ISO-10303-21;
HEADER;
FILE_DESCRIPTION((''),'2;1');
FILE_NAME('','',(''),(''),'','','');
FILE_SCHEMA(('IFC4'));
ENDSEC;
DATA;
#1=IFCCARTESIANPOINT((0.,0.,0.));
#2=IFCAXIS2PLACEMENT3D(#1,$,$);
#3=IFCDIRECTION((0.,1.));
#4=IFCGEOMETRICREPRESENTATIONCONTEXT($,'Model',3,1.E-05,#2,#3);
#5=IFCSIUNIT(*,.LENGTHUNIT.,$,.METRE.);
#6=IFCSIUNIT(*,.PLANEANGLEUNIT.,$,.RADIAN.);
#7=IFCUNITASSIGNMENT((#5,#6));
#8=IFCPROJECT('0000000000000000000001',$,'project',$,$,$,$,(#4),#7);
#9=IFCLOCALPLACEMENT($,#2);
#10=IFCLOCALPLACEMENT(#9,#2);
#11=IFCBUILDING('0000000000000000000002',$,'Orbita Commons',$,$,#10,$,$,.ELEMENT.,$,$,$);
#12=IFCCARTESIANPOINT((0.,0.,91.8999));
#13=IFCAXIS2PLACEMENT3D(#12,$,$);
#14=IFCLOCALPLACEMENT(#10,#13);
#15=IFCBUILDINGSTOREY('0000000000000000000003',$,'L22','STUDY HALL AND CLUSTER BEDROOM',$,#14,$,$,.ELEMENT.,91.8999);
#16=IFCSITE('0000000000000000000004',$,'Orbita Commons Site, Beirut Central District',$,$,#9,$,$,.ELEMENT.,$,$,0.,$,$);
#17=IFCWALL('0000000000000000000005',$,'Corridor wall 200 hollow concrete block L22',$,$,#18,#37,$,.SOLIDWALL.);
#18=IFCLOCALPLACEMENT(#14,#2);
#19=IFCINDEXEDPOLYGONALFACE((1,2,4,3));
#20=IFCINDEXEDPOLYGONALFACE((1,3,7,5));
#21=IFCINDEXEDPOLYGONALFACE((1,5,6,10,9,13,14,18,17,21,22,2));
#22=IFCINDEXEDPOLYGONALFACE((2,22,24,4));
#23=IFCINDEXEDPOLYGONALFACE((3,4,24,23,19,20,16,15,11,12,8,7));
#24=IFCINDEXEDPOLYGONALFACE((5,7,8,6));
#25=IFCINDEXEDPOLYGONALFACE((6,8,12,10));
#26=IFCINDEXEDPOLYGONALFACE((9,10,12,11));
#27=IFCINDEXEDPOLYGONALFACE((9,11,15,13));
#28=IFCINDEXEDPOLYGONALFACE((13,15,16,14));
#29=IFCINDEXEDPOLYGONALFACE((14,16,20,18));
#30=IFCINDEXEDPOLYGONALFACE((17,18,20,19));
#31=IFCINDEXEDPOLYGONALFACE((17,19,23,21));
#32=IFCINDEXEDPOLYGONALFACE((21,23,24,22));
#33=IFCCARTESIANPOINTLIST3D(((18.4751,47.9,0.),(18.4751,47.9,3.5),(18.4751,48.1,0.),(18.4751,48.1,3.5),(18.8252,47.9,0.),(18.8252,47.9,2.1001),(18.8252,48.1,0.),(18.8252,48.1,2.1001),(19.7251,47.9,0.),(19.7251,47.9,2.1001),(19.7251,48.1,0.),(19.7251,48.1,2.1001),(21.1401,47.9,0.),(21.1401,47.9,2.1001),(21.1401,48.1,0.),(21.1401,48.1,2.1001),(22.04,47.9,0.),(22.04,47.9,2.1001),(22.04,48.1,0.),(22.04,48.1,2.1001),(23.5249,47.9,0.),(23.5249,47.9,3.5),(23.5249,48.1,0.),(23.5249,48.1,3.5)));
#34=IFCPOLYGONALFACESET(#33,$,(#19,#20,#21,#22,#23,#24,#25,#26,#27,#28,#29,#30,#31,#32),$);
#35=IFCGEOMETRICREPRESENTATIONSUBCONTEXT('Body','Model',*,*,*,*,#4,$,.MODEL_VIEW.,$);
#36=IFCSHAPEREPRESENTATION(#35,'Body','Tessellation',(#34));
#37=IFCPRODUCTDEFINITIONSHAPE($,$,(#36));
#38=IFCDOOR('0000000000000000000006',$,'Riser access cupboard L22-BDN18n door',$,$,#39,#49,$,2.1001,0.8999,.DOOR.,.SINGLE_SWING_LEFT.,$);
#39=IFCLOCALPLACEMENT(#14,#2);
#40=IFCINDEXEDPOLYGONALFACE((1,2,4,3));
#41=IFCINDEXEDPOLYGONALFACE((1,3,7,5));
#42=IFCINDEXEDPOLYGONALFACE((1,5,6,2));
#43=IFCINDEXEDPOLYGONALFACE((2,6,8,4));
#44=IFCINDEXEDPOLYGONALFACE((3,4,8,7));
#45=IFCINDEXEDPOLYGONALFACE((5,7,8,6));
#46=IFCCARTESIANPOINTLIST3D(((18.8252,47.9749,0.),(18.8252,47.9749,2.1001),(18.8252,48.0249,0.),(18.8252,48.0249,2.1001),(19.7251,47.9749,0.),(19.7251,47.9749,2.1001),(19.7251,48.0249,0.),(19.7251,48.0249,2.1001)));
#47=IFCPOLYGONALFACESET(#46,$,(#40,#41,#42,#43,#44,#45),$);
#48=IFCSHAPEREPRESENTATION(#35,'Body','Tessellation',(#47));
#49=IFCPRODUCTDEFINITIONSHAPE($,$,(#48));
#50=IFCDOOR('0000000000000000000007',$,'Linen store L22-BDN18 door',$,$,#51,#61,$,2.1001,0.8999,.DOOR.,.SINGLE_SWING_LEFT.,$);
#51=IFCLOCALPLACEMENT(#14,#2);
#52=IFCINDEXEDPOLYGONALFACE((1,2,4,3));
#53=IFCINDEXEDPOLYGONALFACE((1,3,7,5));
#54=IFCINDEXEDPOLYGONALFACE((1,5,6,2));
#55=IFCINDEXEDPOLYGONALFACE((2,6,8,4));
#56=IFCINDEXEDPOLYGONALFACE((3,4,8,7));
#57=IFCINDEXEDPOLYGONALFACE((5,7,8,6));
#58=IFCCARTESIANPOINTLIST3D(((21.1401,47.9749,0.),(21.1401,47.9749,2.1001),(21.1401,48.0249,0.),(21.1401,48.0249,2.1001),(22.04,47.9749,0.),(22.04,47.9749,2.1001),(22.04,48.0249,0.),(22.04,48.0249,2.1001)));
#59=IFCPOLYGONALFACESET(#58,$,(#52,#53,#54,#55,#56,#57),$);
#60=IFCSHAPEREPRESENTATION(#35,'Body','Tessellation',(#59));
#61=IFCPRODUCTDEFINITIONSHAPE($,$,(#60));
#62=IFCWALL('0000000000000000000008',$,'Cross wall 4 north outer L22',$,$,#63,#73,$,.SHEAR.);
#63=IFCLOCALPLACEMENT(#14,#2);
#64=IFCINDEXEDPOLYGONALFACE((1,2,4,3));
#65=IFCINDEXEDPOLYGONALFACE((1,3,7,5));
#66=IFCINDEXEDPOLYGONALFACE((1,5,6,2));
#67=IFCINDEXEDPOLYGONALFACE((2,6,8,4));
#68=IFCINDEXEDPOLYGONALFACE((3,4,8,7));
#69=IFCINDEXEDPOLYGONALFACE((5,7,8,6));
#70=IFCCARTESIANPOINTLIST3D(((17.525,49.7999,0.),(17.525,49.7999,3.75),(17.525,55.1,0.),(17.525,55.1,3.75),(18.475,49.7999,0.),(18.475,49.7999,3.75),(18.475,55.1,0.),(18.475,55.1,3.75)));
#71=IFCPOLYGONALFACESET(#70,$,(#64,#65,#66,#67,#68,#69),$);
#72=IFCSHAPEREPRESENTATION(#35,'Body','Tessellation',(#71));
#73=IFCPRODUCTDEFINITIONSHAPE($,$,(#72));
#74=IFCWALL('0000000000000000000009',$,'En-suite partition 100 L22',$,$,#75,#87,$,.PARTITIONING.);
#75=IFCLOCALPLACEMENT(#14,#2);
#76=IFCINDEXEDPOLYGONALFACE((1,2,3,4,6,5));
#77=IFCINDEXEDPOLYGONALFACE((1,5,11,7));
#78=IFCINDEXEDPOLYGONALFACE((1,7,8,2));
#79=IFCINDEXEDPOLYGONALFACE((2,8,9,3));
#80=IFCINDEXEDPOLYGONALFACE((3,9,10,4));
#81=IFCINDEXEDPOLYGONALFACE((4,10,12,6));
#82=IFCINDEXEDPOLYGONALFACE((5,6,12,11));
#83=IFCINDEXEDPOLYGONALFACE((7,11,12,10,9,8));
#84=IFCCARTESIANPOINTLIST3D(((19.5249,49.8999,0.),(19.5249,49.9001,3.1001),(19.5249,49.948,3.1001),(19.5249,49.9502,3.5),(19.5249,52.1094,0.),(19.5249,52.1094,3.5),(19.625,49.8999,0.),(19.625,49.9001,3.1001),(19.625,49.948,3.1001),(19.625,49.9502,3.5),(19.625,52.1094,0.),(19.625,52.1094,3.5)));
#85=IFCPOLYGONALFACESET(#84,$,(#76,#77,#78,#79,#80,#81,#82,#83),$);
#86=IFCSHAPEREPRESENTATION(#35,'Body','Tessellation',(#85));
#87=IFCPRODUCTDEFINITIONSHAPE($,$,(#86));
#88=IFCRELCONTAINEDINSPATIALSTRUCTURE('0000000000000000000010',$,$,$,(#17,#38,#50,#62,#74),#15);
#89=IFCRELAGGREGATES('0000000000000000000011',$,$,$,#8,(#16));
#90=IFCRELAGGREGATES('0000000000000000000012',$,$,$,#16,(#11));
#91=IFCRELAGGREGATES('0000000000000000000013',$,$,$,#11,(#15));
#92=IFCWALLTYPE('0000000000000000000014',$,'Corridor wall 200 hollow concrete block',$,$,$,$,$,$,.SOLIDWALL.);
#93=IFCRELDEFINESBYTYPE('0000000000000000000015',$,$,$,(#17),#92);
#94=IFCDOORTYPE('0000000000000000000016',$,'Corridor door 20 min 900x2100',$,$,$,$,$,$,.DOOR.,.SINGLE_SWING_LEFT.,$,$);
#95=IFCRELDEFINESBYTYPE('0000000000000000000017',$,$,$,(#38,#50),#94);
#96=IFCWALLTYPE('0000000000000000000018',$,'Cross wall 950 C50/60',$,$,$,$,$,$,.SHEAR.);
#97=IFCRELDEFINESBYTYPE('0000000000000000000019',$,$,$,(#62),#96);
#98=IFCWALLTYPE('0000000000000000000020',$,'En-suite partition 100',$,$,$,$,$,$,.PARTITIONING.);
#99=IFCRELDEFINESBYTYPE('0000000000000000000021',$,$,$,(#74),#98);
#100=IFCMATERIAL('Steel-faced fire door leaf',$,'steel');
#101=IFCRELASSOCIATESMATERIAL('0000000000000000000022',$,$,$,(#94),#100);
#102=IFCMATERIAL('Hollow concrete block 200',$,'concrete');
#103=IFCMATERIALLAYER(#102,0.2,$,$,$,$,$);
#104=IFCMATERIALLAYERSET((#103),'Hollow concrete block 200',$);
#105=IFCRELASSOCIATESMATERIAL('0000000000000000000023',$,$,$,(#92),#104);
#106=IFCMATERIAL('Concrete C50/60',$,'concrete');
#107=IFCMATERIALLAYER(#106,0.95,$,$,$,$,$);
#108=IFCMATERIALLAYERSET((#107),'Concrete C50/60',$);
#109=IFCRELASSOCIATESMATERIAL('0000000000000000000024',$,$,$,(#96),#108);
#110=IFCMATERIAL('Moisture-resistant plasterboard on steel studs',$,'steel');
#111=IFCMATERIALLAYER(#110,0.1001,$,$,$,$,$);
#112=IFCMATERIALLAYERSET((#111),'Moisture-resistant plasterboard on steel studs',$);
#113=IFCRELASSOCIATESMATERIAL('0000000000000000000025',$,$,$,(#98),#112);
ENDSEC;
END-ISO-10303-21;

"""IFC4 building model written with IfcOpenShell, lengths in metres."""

from ifc_helpers import new_model, si_unit, direction, frame, frame_2d, origin, place, context, subcontext, project, spatial, polyline, rectangle, outline, extrude, material, layer, layer_set, type_object, element, fill, save


model = new_model("IFC4")

# Units and contexts
model_context = context("Model", 3, precision=1e-05, world=origin(), true_north=direction((0.0, 1.0)))
body_context = subcontext(model_context, "Body", "Model", "MODEL_VIEW")
ifc_project = project(units=[si_unit("LENGTHUNIT", "METRE"), si_unit("PLANEANGLEUNIT", "RADIAN")], contexts=[model_context])

# Site, building, storey
site_placement = place(None, origin())
site = spatial("IfcSite", under=ifc_project, at=site_placement, Name="Orbita Commons Site, Beirut Central District", CompositionType="ELEMENT", RefElevation=0.0)
building_placement = place(site_placement, origin())
building = spatial("IfcBuilding", under=site, at=building_placement, Name="Orbita Commons", CompositionType="ELEMENT")
storey_placement = place(building_placement, frame((0.0, 0.0, 91.8999)))
storey = spatial("IfcBuildingStorey", under=building, at=storey_placement, Name="L22", Description="STUDY HALL AND CLUSTER BEDROOM", CompositionType="ELEMENT", Elevation=91.8999)

# Wall, openings, doors
ifc_material_1 = material(Name="Steel-faced fire door leaf", Category="steel")
door_type_1 = type_object("IfcDoorType", Name="Corridor door 20 min 900x2100", OperationType="SINGLE_SWING_LEFT", PredefinedType="DOOR", material=ifc_material_1)
ifc_material_2 = material(Name="Hollow concrete block 200", Category="concrete")
ifc_layer_1 = layer(ifc_material_2, 0.2)
ifc_layer_set_1 = layer_set([ifc_layer_1], Name="Hollow concrete block 200")
wall_type_1 = type_object("IfcWallType", Name="Corridor wall 200 hollow concrete block", PredefinedType="SOLIDWALL", material=ifc_layer_set_1)
wall_1_placement = place(storey_placement, frame((18.4751, 48.0, 0.0), z_axis=(0.0, 0.0, 1.0), x_axis=(1.0, 0.0, 0.0)))
wall_1 = element("IfcWall", 1, at=wall_1_placement, inside=storey, type_object=wall_type_1, Name="Corridor wall 200 hollow concrete block L22", PredefinedType="SOLIDWALL", context=body_context, shape_type="SweptSolid", body=[
    extrude(rectangle(XDim=5.0498, YDim=0.2, at=frame_2d((2.5249, 0.0))), origin(), (0.0, 0.0, 1.0), 3.5),
])
opening_1_placement = place(wall_1_placement, frame((0.3501, 0.0, 0.0)))
opening_1 = element("IfcOpeningElement", 2, at=opening_1_placement, cuts=wall_1, PredefinedType="OPENING", context=body_context, shape_type="SweptSolid", body=[
    extrude(rectangle(XDim=0.8999, YDim=2.1001, at=frame_2d((0.45, 1.05))), frame((0.0, 0.1099, 0.0), z_axis=(0.0, -1.0, 0.0), x_axis=(1.0, 0.0, 0.0)), (0.0, 0.0, 1.0), 0.22),
])
opening_2_placement = place(wall_1_placement, frame((2.665, 0.0, 0.0)))
opening_2 = element("IfcOpeningElement", 3, at=opening_2_placement, cuts=wall_1, PredefinedType="OPENING", context=body_context, shape_type="SweptSolid", body=[
    extrude(rectangle(XDim=0.8999, YDim=2.1001, at=frame_2d((0.45, 1.05))), frame((0.0, 0.1099, 0.0), z_axis=(0.0, -1.0, 0.0), x_axis=(1.0, 0.0, 0.0)), (0.0, 0.0, 1.0), 0.22),
])
door_1_placement = place(opening_1_placement, origin())
door_1 = element("IfcDoor", 4, at=door_1_placement, inside=storey, type_object=door_type_1, Name="Riser access cupboard L22-BDN18n door", OperationType="SINGLE_SWING_LEFT", OverallHeight=2.1001, OverallWidth=0.8999, PredefinedType="DOOR", context=body_context, shape_type="SweptSolid", body=[
    extrude(rectangle(XDim=0.8999, YDim=2.1001, at=frame_2d((0.45, 1.05))), frame((0.0, 0.0249, 0.0), z_axis=(0.0, -1.0, 0.0), x_axis=(1.0, 0.0, 0.0)), (0.0, 0.0, 1.0), 0.05),
])
fill(opening_1, door_1)
door_2_placement = place(opening_2_placement, origin())
door_2 = element("IfcDoor", 5, at=door_2_placement, inside=storey, type_object=door_type_1, Name="Linen store L22-BDN18 door", OperationType="SINGLE_SWING_LEFT", OverallHeight=2.1001, OverallWidth=0.8999, PredefinedType="DOOR", context=body_context, shape_type="SweptSolid", body=[
    extrude(rectangle(XDim=0.8999, YDim=2.1001, at=frame_2d((0.45, 1.05))), frame((0.0, 0.0249, 0.0), z_axis=(0.0, -1.0, 0.0), x_axis=(1.0, 0.0, 0.0)), (0.0, 0.0, 1.0), 0.05),
])
fill(opening_2, door_2)

# Walls
ifc_material_3 = material(Name="Concrete C50/60", Category="concrete")
ifc_layer_2 = layer(ifc_material_3, 0.95)
ifc_layer_set_2 = layer_set([ifc_layer_2], Name="Concrete C50/60")
wall_type_2 = type_object("IfcWallType", Name="Cross wall 950 C50/60", PredefinedType="SHEAR", material=ifc_layer_set_2)
wall_2_placement = place(storey_placement, frame((18.0, 49.8, 0.0), z_axis=(0.0, 0.0, 1.0), x_axis=(0.0, 1.0, 0.0)))
element("IfcWall", 6, at=wall_2_placement, inside=storey, type_object=wall_type_2, Name="Cross wall 4 north outer L22", PredefinedType="SHEAR", context=body_context, shape_type="SweptSolid", body=[
    extrude(rectangle(XDim=5.3, YDim=0.95, at=frame_2d((2.6499, 0.0))), origin(), (0.0, 0.0, 1.0), 3.75),
])
ifc_material_4 = material(Name="Moisture-resistant plasterboard on steel studs", Category="steel")
ifc_layer_3 = layer(ifc_material_4, 0.1001)
ifc_layer_set_3 = layer_set([ifc_layer_3], Name="Moisture-resistant plasterboard on steel studs")
wall_type_3 = type_object("IfcWallType", Name="En-suite partition 100", PredefinedType="PARTITIONING", material=ifc_layer_set_3)
wall_3_placement = place(storey_placement, frame((19.575, 52.1094, 0.0), z_axis=(0.0, 0.0, 1.0), x_axis=(0.0, -1.0, 0.0)))
element("IfcWall", 7, at=wall_3_placement, inside=storey, type_object=wall_type_3, Name="En-suite partition 100 L22", PredefinedType="PARTITIONING", context=body_context, shape_type="SweptSolid", body=[
    extrude(outline(polyline([(0.0, 0.0), (2.2095, 0.0), (2.2092, 3.1001), (2.1614, 3.1001), (2.1592, 3.5), (0.0, 3.5), (0.0, 0.0)])), frame((0.0, 0.05, 0.0), z_axis=(0.0, -1.0, 0.0), x_axis=(1.0, 0.0, 0.0)), (0.0, 0.0, 1.0), 0.1001),
])

save(model, "model.ifc")
